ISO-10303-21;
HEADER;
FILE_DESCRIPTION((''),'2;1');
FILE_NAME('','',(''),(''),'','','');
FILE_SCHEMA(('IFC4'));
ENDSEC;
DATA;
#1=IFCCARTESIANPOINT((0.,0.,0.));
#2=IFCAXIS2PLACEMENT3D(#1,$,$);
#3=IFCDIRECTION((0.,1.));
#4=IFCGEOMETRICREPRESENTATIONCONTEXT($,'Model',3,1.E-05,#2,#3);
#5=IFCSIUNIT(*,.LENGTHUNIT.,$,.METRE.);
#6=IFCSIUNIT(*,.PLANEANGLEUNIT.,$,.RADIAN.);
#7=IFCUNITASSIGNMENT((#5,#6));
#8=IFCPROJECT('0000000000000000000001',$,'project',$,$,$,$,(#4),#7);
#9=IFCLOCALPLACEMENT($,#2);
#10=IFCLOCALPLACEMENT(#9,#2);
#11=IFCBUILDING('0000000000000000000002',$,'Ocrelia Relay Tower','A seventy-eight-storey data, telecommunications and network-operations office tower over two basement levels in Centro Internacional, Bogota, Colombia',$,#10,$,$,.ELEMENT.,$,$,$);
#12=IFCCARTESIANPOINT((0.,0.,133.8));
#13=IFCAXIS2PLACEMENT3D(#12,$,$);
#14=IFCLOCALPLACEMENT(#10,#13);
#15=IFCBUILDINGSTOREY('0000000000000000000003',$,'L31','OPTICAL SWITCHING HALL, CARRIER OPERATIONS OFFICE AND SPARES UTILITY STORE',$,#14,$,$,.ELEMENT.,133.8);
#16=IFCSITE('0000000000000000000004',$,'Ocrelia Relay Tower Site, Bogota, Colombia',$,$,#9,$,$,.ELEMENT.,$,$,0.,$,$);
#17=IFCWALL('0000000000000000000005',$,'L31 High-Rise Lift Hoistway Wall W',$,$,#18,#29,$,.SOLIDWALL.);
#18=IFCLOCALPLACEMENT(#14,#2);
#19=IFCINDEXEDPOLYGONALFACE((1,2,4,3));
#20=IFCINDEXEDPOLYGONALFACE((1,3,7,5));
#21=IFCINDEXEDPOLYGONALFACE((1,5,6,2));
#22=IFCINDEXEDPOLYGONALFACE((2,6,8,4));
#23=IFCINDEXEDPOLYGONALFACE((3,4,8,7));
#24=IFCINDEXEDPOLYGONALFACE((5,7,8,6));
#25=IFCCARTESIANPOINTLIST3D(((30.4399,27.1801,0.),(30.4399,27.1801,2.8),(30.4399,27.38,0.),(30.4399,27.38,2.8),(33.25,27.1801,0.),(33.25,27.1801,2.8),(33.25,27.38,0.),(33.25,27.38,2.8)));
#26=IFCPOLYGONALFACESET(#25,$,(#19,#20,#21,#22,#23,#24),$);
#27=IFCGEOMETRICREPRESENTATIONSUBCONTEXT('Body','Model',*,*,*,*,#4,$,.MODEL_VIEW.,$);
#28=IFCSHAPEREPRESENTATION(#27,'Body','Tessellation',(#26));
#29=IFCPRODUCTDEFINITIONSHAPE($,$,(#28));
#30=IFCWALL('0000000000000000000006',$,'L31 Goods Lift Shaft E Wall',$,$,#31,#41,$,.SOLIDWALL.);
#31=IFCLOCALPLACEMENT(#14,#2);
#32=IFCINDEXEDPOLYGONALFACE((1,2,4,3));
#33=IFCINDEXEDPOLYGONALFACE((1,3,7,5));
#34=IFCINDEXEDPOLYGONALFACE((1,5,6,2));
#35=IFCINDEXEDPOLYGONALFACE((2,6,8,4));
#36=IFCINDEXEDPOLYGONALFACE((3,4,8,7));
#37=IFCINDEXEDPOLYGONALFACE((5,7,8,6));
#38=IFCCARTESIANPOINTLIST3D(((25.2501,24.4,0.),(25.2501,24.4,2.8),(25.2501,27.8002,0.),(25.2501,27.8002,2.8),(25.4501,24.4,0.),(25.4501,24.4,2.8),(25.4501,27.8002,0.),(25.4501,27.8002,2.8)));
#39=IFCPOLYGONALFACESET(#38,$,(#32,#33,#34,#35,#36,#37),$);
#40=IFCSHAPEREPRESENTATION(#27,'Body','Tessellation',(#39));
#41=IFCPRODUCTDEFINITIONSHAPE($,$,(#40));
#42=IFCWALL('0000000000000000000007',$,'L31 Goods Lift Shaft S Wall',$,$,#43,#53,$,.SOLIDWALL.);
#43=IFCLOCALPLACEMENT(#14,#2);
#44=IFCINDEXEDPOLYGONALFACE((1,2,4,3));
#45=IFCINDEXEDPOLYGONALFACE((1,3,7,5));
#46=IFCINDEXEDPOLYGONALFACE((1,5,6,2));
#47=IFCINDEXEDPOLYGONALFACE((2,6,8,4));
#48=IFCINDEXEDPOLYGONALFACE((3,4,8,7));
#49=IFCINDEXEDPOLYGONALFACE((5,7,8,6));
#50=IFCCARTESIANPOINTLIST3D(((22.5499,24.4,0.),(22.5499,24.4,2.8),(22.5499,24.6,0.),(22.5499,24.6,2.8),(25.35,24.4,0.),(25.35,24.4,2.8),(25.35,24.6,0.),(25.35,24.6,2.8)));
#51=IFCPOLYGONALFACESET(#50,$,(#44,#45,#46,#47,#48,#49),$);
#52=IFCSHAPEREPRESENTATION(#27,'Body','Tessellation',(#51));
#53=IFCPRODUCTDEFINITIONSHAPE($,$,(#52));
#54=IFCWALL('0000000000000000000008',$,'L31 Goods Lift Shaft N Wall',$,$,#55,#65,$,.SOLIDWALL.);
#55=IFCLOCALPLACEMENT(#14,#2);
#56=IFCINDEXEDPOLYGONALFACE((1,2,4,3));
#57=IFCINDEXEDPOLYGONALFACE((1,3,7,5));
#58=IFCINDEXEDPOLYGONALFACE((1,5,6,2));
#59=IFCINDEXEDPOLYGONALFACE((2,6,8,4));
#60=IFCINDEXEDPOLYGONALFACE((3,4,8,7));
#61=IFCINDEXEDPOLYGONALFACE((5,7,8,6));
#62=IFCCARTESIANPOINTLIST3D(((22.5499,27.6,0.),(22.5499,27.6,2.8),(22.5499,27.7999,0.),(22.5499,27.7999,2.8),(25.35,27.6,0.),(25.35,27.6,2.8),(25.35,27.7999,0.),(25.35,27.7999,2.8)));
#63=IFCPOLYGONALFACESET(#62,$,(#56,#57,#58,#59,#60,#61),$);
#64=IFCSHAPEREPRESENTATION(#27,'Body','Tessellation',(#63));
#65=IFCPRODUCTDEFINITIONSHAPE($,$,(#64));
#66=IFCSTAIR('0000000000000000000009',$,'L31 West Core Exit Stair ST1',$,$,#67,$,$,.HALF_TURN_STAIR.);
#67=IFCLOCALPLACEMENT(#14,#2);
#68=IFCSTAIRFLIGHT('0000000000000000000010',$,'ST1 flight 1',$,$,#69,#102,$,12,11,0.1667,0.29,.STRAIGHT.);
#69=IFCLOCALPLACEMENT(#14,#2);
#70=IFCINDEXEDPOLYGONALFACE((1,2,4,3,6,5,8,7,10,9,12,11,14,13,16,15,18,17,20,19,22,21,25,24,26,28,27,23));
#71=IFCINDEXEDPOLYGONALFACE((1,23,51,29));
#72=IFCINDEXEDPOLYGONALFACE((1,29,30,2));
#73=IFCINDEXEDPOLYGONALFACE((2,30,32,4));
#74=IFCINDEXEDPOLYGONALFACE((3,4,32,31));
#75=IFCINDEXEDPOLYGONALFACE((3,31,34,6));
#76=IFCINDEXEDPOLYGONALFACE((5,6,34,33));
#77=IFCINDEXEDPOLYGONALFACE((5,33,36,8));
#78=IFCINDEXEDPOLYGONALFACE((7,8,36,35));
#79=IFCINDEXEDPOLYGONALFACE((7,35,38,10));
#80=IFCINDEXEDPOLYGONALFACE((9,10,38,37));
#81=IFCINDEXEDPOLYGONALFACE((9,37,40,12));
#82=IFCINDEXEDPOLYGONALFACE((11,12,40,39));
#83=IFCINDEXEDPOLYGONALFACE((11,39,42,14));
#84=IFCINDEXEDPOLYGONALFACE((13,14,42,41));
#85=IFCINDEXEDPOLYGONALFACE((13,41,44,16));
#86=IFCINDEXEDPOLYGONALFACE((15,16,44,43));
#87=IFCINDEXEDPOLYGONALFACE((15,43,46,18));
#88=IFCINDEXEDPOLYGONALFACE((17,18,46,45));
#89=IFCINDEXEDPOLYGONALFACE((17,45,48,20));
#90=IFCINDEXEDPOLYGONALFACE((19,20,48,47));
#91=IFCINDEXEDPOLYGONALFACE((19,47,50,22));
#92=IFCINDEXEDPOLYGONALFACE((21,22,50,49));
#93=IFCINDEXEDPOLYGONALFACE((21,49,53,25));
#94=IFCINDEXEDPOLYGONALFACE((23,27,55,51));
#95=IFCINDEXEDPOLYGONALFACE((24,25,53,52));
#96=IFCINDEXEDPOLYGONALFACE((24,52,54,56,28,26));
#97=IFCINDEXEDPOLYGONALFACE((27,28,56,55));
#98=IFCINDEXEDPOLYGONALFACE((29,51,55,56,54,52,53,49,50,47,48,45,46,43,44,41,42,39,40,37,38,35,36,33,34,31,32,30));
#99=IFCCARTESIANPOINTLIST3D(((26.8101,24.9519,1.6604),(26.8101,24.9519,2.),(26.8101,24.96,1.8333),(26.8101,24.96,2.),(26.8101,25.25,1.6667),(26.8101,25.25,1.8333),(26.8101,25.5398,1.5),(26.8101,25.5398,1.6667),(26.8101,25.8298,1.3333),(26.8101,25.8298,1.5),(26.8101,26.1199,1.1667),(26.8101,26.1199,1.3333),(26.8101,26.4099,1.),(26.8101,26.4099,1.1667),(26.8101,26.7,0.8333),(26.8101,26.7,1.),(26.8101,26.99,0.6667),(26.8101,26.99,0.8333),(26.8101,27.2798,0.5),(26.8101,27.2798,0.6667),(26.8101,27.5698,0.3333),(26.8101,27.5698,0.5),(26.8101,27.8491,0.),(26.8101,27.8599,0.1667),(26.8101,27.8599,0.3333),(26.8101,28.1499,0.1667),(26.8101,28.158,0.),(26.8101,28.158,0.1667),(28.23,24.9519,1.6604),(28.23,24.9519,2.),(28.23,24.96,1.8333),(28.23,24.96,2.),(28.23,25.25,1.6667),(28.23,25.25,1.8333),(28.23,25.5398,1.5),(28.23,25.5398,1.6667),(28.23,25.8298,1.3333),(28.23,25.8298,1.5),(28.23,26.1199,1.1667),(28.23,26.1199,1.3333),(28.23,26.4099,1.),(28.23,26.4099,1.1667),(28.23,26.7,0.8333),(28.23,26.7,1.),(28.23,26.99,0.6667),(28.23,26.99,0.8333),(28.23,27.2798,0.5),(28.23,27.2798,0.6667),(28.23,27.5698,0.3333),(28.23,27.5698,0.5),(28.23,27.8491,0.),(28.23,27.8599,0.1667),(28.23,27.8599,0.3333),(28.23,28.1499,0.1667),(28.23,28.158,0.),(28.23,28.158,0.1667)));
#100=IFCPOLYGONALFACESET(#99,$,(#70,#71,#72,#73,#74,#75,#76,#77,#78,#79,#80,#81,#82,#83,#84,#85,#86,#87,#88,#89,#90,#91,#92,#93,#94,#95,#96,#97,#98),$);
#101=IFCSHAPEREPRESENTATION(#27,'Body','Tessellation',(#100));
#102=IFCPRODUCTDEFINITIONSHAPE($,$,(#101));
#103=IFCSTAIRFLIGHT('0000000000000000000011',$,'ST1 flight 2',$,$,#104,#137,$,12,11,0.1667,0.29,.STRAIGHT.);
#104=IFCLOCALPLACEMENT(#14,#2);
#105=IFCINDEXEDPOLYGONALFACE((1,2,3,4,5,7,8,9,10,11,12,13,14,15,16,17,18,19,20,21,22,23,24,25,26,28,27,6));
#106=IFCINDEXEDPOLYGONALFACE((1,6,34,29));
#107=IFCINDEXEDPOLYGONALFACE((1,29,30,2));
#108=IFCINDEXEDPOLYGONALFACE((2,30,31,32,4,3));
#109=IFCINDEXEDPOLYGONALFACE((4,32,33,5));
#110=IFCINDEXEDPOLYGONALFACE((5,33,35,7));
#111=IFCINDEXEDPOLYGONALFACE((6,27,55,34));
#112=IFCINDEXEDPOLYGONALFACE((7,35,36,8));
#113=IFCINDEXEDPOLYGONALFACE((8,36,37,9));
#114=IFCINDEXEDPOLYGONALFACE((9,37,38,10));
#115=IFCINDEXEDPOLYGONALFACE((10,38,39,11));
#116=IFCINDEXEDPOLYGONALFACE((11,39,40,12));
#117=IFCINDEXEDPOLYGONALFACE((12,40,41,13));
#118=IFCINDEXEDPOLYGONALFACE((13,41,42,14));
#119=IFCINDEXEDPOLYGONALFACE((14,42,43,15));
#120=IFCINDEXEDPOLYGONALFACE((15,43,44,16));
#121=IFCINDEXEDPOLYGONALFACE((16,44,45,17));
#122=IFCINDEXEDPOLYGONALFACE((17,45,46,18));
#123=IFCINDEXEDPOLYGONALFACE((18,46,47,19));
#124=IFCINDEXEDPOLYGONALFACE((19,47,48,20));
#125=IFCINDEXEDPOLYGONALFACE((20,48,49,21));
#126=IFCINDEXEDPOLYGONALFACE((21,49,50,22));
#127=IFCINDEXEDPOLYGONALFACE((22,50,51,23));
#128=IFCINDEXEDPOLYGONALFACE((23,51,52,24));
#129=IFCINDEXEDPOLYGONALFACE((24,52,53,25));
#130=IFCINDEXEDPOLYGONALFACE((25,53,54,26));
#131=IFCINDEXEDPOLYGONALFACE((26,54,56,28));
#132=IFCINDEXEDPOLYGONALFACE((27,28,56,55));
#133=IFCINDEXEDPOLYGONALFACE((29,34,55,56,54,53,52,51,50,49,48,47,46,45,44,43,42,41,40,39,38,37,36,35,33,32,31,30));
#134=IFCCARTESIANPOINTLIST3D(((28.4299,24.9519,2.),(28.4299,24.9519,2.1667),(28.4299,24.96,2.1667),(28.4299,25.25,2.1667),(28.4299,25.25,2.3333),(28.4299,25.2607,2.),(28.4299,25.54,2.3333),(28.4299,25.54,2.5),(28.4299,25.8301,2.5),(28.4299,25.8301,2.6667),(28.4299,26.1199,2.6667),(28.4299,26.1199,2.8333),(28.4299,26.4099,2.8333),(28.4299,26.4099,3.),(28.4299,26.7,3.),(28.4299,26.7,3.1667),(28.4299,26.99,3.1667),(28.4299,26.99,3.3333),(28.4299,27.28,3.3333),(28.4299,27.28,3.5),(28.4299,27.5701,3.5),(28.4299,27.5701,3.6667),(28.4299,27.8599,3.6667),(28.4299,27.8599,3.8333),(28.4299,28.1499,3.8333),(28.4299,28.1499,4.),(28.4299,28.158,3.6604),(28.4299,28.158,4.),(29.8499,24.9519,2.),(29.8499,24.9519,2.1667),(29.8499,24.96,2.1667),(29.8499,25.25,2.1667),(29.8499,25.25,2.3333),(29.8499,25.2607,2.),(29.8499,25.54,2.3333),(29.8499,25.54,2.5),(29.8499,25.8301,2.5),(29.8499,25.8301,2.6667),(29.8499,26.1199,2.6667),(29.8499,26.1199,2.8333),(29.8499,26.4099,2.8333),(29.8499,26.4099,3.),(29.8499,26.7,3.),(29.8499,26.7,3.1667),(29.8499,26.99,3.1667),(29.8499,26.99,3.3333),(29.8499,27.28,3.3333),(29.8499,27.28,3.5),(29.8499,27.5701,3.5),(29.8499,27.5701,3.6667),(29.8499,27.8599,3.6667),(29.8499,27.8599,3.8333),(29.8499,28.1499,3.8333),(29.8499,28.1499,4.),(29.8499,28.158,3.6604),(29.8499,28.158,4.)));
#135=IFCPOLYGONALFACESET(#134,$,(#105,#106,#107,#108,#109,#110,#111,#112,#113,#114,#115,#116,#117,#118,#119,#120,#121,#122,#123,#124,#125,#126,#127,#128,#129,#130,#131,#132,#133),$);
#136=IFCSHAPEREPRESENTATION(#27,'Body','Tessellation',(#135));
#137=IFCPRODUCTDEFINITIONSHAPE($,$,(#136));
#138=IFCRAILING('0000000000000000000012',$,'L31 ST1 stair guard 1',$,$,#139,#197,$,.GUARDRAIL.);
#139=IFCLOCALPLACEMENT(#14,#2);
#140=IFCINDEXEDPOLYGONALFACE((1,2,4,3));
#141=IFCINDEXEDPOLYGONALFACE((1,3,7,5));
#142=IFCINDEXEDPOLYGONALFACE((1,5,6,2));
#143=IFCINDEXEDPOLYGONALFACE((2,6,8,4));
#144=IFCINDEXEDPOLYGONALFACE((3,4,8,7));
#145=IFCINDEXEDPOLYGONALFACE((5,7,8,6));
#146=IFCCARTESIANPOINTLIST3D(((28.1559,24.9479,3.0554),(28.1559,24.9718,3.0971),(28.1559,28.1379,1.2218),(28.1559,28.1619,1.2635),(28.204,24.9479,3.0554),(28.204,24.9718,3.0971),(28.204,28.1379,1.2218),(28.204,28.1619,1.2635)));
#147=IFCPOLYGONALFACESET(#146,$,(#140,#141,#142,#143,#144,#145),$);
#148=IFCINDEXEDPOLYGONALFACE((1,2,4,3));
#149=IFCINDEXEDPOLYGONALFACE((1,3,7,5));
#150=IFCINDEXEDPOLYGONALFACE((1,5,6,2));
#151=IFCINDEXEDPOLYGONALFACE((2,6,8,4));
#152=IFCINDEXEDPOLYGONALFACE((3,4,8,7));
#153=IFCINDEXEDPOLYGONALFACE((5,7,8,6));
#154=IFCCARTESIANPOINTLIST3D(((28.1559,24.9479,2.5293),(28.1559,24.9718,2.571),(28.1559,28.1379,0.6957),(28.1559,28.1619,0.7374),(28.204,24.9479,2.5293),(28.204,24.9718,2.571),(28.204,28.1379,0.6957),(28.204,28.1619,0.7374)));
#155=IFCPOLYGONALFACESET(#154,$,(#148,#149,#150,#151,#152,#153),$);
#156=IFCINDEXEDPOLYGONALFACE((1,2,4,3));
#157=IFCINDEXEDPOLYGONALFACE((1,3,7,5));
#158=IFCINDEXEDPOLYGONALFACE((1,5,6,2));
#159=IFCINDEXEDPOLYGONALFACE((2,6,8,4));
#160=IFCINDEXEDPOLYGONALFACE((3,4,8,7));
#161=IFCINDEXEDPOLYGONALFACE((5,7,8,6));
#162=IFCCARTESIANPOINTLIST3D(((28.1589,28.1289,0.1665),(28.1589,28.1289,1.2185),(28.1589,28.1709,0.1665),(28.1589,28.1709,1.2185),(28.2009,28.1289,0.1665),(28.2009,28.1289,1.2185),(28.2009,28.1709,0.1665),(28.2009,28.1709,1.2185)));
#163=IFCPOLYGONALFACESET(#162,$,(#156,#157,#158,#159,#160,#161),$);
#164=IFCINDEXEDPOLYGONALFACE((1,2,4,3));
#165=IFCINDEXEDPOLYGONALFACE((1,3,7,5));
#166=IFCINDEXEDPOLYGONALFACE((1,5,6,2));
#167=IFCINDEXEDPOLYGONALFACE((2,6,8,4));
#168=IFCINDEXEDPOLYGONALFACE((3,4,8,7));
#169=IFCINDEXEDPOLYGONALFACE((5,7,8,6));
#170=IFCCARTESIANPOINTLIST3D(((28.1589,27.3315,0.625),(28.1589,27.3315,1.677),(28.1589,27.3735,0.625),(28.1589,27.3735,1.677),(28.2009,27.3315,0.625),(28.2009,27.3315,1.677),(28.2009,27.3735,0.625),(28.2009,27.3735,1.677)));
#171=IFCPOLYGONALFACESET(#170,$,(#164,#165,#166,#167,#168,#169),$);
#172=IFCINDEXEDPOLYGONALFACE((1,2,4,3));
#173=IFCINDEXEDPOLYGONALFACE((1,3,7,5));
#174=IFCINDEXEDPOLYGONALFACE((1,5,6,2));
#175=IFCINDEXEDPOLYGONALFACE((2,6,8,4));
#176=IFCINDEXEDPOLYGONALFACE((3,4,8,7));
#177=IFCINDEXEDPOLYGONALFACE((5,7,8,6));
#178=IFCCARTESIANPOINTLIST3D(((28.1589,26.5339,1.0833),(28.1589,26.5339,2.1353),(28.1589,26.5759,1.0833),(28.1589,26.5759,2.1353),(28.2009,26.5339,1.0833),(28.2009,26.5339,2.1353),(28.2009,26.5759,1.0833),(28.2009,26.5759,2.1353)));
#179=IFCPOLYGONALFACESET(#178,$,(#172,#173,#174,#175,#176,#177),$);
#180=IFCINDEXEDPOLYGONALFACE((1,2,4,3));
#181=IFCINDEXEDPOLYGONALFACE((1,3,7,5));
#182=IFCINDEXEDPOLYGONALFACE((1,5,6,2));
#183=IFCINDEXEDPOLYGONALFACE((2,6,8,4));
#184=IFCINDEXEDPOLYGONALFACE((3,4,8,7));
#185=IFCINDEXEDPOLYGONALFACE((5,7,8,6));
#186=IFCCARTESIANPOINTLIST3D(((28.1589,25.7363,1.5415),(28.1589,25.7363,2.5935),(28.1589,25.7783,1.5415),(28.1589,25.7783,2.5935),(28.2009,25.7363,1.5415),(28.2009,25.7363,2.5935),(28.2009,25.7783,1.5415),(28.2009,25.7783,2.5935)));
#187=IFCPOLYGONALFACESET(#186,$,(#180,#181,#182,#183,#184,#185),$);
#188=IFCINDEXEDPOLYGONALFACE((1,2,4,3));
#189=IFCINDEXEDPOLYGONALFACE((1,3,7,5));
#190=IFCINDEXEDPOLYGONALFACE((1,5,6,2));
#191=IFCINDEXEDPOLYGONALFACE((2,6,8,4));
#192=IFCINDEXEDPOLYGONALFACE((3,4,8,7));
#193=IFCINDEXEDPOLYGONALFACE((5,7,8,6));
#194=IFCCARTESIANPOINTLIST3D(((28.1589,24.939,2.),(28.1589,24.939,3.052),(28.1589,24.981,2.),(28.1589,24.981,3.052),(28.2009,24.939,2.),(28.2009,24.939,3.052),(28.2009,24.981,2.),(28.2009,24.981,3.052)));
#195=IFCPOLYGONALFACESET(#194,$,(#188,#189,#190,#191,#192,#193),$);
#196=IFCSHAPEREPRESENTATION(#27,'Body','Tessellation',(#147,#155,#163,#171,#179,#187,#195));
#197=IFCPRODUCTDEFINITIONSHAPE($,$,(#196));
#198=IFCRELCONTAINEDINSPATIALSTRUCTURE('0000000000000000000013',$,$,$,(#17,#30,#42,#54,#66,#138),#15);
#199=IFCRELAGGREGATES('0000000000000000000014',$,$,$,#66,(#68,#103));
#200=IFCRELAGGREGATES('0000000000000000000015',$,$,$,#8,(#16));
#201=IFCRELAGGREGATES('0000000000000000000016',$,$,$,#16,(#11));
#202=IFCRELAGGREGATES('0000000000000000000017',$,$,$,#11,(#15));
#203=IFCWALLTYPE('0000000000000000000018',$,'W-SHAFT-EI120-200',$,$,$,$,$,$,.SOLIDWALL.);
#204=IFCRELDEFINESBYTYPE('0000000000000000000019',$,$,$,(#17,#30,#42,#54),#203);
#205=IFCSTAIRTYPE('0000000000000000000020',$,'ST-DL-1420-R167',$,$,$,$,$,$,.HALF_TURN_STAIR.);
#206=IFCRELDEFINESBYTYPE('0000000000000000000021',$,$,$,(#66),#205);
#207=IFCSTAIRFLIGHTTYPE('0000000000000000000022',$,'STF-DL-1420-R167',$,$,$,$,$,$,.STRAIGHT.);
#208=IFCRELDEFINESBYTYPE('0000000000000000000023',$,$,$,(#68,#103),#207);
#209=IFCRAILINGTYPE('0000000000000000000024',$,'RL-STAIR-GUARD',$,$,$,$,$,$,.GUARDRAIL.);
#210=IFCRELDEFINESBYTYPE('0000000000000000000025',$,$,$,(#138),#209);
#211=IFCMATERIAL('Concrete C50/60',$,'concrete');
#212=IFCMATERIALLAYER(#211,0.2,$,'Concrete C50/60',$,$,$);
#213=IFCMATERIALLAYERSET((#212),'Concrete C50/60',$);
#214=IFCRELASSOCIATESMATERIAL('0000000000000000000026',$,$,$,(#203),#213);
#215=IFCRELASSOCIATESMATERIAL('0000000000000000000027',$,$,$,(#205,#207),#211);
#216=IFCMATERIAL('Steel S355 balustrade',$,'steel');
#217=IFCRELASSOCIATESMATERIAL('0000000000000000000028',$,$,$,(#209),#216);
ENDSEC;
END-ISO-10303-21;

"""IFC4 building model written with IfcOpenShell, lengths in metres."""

from ifc_helpers import new_model, si_unit, direction, frame, frame_2d, origin, origin_2d, place, context, subcontext, project, spatial, polyline, rectangle, outline, extrude, material, layer, layer_set, type_object, element, aggregate, save


model = new_model("IFC4")

# Units and contexts
model_context = context("Model", 3, precision=1e-05, world=origin(), true_north=direction((0.0, 1.0)))
body_context = subcontext(model_context, "Body", "Model", "MODEL_VIEW")
ifc_project = project(units=[si_unit("LENGTHUNIT", "METRE"), si_unit("PLANEANGLEUNIT", "RADIAN")], contexts=[model_context])

# Site, building, storey
site_placement = place(None, origin())
site = spatial("IfcSite", under=ifc_project, at=site_placement, Name="Ocrelia Relay Tower Site, Bogota, Colombia", CompositionType="ELEMENT", RefElevation=0.0)
building_placement = place(site_placement, origin())
building = spatial("IfcBuilding", under=site, at=building_placement, Name="Ocrelia Relay Tower", Description="A seventy-eight-storey data, telecommunications and network-operations office tower over two basement levels in Centro Internacional, Bogota, Colombia", CompositionType="ELEMENT")
storey_placement = place(building_placement, frame((0.0, 0.0, 133.8)))
storey = spatial("IfcBuildingStorey", under=building, at=storey_placement, Name="L31", Description="OPTICAL SWITCHING HALL, CARRIER OPERATIONS OFFICE AND SPARES UTILITY STORE", CompositionType="ELEMENT", Elevation=133.8)

# Shared definitions
ifc_material_1 = material(Name="Concrete C50/60", Category="concrete")

# Shared definitions
ifc_layer_1 = layer(ifc_material_1, 0.2, Name="Concrete C50/60")
ifc_layer_set_1 = layer_set([ifc_layer_1], Name="Concrete C50/60")
wall_type_1 = type_object("IfcWallType", Name="W-SHAFT-EI120-200", PredefinedType="SOLIDWALL", material=ifc_layer_set_1)

# Walls
wall_1_placement = place(storey_placement, frame((30.4399, 27.28, 0.0), z_axis=(0.0, 0.0, 1.0), x_axis=(1.0, 0.0, 0.0)))
element("IfcWall", 1, at=wall_1_placement, inside=storey, type_object=wall_type_1, Name="L31 High-Rise Lift Hoistway Wall W", PredefinedType="SOLIDWALL", context=body_context, shape_type="SweptSolid", body=[
    extrude(rectangle(XDim=2.8101, YDim=0.2, at=frame_2d((1.405, 0.0))), origin(), (0.0, 0.0, 1.0), 2.8),
])
wall_2_placement = place(storey_placement, frame((25.3501, 24.3999, 0.0), z_axis=(0.0, 0.0, 1.0), x_axis=(0.0, 1.0, 0.0)))
element("IfcWall", 2, at=wall_2_placement, inside=storey, type_object=wall_type_1, Name="L31 Goods Lift Shaft E Wall", PredefinedType="SOLIDWALL", context=body_context, shape_type="SweptSolid", body=[
    extrude(rectangle(XDim=3.4001, YDim=0.2, at=frame_2d((1.7002, 0.0))), origin(), (0.0, 0.0, 1.0), 2.8),
])
for number, where, z_axis, x_axis, name in (
    (3, (22.55, 24.5, 0.0), (0.0, 0.0, 1.0), (1.0, 0.0, 0.0), "L31 Goods Lift Shaft S Wall"),
    (4, (22.55, 27.7, 0.0), (0.0, 0.0, 1.0), (1.0, 0.0, 0.0), "L31 Goods Lift Shaft N Wall"),
):
    element("IfcWall", number, at=place(storey_placement, frame(where, z_axis=z_axis, x_axis=x_axis)), inside=storey, type_object=wall_type_1, Name=name, PredefinedType="SOLIDWALL", context=body_context, shape_type="SweptSolid", body=[
        extrude(rectangle(XDim=2.8, YDim=0.2, at=frame_2d((1.3999, 0.0))), origin(), (0.0, 0.0, 1.0), 2.8),
    ])

# Stair, stair flights
stair_type = type_object("IfcStairType", Name="ST-DL-1420-R167", PredefinedType="HALF_TURN_STAIR", material=ifc_material_1)
stair_placement = place(storey_placement, origin())
stair = element("IfcStair", 5, at=stair_placement, inside=storey, type_object=stair_type, Name="L31 West Core Exit Stair ST1", PredefinedType="HALF_TURN_STAIR")
stair_flight_type = type_object("IfcStairFlightType", Name="STF-DL-1420-R167", PredefinedType="STRAIGHT", material=ifc_material_1)
stair_flight_1_placement = place(storey_placement, frame((27.52, 28.1499, 0.0), z_axis=(0.0, 0.0, 1.0), x_axis=(0.0, -1.0, 0.0)))
stair_flight_1 = element("IfcStairFlight", 6, at=stair_flight_1_placement, type_object=stair_flight_type, Name="ST1 flight 1", NumberOfRisers=12, NumberOfTreads=11, PredefinedType="STRAIGHT", RiserHeight=0.1667, TreadLength=0.29, context=body_context, shape_type="SweptSolid", body=[
    extrude(outline(polyline([(-0.0081, 0.0), (-0.0081, 0.1667), (0.0, 0.1667), (0.29, 0.1667), (0.29, 0.3333), (0.5801, 0.3333), (0.5801, 0.5), (0.8701, 0.5), (0.8701, 0.6667), (1.1599, 0.6667), (1.1599, 0.8333), (1.45, 0.8333), (1.45, 1.0), (1.74, 1.0), (1.74, 1.1667), (2.03, 1.1667), (2.03, 1.3333), (2.3201, 1.3333), (2.3201, 1.5), (2.6101, 1.5), (2.6101, 1.6667), (2.8999, 1.6667), (2.8999, 1.8333), (3.1899, 1.8333), (3.1899, 2.0), (3.198, 2.0), (3.198, 1.6604), (0.3008, 0.0), (-0.0081, 0.0)])), frame((0.0, 0.71, 0.0), z_axis=(0.0, -1.0, 0.0), x_axis=(1.0, 0.0, 0.0)), (0.0, 0.0, 1.0), 1.4199),
])
stair_flight_2_placement = place(storey_placement, frame((29.1399, 24.96, 2.0), z_axis=(0.0, 0.0, 1.0), x_axis=(0.0, 1.0, 0.0)))
stair_flight_2 = element("IfcStairFlight", 7, at=stair_flight_2_placement, type_object=stair_flight_type, Name="ST1 flight 2", NumberOfRisers=12, NumberOfTreads=11, PredefinedType="STRAIGHT", RiserHeight=0.1667, TreadLength=0.29, context=body_context, shape_type="SweptSolid", body=[
    extrude(outline(polyline([(-0.0081, 0.0), (-0.0081, 0.1667), (0.0, 0.1667), (0.29, 0.1667), (0.29, 0.3333), (0.5801, 0.3333), (0.5801, 0.5), (0.8701, 0.5), (0.8701, 0.6667), (1.1599, 0.6667), (1.1599, 0.8333), (1.45, 0.8333), (1.45, 1.0), (1.74, 1.0), (1.74, 1.1667), (2.03, 1.1667), (2.03, 1.3333), (2.3201, 1.3333), (2.3201, 1.5), (2.6101, 1.5), (2.6101, 1.6667), (2.8999, 1.6667), (2.8999, 1.8333), (3.1899, 1.8333), (3.1899, 2.0), (3.198, 2.0), (3.198, 1.6604), (0.3008, 0.0), (-0.0081, 0.0)])), frame((0.0, 0.71, 0.0), z_axis=(0.0, -1.0, 0.0), x_axis=(1.0, 0.0, 0.0)), (0.0, 0.0, 1.0), 1.4199),
])
aggregate(stair, [stair_flight_1, stair_flight_2])

# Railing
ifc_material_2 = material(Name="Steel S355 balustrade", Category="steel")
railing_type_1 = type_object("IfcRailingType", Name="RL-STAIR-GUARD", PredefinedType="GUARDRAIL", material=ifc_material_2)
railing_1_placement = place(storey_placement, frame((28.1799, 28.1499, 0.1665)))
element("IfcRailing", 8, at=railing_1_placement, inside=storey, type_object=railing_type_1, Name="L31 ST1 stair guard 1", PredefinedType="GUARDRAIL", context=body_context, shape_type="SweptSolid", body=[
    extrude(rectangle(XDim=0.0481, YDim=0.0481, at=origin_2d()), frame((0.0, 0.0, 1.0762), z_axis=(0.0, -0.866991, 0.498324), x_axis=(1.0, 0.0, 0.0)), (0.0, 0.0, 1.0), 3.6794),
    extrude(rectangle(XDim=0.0481, YDim=0.0481, at=origin_2d()), frame((0.0, 0.0, 0.55), z_axis=(0.0, -0.866991, 0.498324), x_axis=(1.0, 0.0, 0.0)), (0.0, 0.0, 1.0), 3.6794),
    extrude(rectangle(XDim=0.042, YDim=0.042, at=origin_2d()), origin(), (0.0, 0.0, 1.0), 1.052),
    extrude(rectangle(XDim=0.042, YDim=0.042, at=origin_2d()), frame((0.0, -0.7974, 0.4585)), (0.0, 0.0, 1.0), 1.052),
    extrude(rectangle(XDim=0.042, YDim=0.042, at=origin_2d()), frame((0.0, -1.595, 0.9167)), (0.0, 0.0, 1.0), 1.052),
    extrude(rectangle(XDim=0.042, YDim=0.042, at=origin_2d()), frame((0.0, -2.3926, 1.375)), (0.0, 0.0, 1.0), 1.052),
    extrude(rectangle(XDim=0.042, YDim=0.042, at=origin_2d()), frame((0.0, -3.1899, 1.8335)), (0.0, 0.0, 1.0), 1.052),
])

save(model, "model.ifc")
